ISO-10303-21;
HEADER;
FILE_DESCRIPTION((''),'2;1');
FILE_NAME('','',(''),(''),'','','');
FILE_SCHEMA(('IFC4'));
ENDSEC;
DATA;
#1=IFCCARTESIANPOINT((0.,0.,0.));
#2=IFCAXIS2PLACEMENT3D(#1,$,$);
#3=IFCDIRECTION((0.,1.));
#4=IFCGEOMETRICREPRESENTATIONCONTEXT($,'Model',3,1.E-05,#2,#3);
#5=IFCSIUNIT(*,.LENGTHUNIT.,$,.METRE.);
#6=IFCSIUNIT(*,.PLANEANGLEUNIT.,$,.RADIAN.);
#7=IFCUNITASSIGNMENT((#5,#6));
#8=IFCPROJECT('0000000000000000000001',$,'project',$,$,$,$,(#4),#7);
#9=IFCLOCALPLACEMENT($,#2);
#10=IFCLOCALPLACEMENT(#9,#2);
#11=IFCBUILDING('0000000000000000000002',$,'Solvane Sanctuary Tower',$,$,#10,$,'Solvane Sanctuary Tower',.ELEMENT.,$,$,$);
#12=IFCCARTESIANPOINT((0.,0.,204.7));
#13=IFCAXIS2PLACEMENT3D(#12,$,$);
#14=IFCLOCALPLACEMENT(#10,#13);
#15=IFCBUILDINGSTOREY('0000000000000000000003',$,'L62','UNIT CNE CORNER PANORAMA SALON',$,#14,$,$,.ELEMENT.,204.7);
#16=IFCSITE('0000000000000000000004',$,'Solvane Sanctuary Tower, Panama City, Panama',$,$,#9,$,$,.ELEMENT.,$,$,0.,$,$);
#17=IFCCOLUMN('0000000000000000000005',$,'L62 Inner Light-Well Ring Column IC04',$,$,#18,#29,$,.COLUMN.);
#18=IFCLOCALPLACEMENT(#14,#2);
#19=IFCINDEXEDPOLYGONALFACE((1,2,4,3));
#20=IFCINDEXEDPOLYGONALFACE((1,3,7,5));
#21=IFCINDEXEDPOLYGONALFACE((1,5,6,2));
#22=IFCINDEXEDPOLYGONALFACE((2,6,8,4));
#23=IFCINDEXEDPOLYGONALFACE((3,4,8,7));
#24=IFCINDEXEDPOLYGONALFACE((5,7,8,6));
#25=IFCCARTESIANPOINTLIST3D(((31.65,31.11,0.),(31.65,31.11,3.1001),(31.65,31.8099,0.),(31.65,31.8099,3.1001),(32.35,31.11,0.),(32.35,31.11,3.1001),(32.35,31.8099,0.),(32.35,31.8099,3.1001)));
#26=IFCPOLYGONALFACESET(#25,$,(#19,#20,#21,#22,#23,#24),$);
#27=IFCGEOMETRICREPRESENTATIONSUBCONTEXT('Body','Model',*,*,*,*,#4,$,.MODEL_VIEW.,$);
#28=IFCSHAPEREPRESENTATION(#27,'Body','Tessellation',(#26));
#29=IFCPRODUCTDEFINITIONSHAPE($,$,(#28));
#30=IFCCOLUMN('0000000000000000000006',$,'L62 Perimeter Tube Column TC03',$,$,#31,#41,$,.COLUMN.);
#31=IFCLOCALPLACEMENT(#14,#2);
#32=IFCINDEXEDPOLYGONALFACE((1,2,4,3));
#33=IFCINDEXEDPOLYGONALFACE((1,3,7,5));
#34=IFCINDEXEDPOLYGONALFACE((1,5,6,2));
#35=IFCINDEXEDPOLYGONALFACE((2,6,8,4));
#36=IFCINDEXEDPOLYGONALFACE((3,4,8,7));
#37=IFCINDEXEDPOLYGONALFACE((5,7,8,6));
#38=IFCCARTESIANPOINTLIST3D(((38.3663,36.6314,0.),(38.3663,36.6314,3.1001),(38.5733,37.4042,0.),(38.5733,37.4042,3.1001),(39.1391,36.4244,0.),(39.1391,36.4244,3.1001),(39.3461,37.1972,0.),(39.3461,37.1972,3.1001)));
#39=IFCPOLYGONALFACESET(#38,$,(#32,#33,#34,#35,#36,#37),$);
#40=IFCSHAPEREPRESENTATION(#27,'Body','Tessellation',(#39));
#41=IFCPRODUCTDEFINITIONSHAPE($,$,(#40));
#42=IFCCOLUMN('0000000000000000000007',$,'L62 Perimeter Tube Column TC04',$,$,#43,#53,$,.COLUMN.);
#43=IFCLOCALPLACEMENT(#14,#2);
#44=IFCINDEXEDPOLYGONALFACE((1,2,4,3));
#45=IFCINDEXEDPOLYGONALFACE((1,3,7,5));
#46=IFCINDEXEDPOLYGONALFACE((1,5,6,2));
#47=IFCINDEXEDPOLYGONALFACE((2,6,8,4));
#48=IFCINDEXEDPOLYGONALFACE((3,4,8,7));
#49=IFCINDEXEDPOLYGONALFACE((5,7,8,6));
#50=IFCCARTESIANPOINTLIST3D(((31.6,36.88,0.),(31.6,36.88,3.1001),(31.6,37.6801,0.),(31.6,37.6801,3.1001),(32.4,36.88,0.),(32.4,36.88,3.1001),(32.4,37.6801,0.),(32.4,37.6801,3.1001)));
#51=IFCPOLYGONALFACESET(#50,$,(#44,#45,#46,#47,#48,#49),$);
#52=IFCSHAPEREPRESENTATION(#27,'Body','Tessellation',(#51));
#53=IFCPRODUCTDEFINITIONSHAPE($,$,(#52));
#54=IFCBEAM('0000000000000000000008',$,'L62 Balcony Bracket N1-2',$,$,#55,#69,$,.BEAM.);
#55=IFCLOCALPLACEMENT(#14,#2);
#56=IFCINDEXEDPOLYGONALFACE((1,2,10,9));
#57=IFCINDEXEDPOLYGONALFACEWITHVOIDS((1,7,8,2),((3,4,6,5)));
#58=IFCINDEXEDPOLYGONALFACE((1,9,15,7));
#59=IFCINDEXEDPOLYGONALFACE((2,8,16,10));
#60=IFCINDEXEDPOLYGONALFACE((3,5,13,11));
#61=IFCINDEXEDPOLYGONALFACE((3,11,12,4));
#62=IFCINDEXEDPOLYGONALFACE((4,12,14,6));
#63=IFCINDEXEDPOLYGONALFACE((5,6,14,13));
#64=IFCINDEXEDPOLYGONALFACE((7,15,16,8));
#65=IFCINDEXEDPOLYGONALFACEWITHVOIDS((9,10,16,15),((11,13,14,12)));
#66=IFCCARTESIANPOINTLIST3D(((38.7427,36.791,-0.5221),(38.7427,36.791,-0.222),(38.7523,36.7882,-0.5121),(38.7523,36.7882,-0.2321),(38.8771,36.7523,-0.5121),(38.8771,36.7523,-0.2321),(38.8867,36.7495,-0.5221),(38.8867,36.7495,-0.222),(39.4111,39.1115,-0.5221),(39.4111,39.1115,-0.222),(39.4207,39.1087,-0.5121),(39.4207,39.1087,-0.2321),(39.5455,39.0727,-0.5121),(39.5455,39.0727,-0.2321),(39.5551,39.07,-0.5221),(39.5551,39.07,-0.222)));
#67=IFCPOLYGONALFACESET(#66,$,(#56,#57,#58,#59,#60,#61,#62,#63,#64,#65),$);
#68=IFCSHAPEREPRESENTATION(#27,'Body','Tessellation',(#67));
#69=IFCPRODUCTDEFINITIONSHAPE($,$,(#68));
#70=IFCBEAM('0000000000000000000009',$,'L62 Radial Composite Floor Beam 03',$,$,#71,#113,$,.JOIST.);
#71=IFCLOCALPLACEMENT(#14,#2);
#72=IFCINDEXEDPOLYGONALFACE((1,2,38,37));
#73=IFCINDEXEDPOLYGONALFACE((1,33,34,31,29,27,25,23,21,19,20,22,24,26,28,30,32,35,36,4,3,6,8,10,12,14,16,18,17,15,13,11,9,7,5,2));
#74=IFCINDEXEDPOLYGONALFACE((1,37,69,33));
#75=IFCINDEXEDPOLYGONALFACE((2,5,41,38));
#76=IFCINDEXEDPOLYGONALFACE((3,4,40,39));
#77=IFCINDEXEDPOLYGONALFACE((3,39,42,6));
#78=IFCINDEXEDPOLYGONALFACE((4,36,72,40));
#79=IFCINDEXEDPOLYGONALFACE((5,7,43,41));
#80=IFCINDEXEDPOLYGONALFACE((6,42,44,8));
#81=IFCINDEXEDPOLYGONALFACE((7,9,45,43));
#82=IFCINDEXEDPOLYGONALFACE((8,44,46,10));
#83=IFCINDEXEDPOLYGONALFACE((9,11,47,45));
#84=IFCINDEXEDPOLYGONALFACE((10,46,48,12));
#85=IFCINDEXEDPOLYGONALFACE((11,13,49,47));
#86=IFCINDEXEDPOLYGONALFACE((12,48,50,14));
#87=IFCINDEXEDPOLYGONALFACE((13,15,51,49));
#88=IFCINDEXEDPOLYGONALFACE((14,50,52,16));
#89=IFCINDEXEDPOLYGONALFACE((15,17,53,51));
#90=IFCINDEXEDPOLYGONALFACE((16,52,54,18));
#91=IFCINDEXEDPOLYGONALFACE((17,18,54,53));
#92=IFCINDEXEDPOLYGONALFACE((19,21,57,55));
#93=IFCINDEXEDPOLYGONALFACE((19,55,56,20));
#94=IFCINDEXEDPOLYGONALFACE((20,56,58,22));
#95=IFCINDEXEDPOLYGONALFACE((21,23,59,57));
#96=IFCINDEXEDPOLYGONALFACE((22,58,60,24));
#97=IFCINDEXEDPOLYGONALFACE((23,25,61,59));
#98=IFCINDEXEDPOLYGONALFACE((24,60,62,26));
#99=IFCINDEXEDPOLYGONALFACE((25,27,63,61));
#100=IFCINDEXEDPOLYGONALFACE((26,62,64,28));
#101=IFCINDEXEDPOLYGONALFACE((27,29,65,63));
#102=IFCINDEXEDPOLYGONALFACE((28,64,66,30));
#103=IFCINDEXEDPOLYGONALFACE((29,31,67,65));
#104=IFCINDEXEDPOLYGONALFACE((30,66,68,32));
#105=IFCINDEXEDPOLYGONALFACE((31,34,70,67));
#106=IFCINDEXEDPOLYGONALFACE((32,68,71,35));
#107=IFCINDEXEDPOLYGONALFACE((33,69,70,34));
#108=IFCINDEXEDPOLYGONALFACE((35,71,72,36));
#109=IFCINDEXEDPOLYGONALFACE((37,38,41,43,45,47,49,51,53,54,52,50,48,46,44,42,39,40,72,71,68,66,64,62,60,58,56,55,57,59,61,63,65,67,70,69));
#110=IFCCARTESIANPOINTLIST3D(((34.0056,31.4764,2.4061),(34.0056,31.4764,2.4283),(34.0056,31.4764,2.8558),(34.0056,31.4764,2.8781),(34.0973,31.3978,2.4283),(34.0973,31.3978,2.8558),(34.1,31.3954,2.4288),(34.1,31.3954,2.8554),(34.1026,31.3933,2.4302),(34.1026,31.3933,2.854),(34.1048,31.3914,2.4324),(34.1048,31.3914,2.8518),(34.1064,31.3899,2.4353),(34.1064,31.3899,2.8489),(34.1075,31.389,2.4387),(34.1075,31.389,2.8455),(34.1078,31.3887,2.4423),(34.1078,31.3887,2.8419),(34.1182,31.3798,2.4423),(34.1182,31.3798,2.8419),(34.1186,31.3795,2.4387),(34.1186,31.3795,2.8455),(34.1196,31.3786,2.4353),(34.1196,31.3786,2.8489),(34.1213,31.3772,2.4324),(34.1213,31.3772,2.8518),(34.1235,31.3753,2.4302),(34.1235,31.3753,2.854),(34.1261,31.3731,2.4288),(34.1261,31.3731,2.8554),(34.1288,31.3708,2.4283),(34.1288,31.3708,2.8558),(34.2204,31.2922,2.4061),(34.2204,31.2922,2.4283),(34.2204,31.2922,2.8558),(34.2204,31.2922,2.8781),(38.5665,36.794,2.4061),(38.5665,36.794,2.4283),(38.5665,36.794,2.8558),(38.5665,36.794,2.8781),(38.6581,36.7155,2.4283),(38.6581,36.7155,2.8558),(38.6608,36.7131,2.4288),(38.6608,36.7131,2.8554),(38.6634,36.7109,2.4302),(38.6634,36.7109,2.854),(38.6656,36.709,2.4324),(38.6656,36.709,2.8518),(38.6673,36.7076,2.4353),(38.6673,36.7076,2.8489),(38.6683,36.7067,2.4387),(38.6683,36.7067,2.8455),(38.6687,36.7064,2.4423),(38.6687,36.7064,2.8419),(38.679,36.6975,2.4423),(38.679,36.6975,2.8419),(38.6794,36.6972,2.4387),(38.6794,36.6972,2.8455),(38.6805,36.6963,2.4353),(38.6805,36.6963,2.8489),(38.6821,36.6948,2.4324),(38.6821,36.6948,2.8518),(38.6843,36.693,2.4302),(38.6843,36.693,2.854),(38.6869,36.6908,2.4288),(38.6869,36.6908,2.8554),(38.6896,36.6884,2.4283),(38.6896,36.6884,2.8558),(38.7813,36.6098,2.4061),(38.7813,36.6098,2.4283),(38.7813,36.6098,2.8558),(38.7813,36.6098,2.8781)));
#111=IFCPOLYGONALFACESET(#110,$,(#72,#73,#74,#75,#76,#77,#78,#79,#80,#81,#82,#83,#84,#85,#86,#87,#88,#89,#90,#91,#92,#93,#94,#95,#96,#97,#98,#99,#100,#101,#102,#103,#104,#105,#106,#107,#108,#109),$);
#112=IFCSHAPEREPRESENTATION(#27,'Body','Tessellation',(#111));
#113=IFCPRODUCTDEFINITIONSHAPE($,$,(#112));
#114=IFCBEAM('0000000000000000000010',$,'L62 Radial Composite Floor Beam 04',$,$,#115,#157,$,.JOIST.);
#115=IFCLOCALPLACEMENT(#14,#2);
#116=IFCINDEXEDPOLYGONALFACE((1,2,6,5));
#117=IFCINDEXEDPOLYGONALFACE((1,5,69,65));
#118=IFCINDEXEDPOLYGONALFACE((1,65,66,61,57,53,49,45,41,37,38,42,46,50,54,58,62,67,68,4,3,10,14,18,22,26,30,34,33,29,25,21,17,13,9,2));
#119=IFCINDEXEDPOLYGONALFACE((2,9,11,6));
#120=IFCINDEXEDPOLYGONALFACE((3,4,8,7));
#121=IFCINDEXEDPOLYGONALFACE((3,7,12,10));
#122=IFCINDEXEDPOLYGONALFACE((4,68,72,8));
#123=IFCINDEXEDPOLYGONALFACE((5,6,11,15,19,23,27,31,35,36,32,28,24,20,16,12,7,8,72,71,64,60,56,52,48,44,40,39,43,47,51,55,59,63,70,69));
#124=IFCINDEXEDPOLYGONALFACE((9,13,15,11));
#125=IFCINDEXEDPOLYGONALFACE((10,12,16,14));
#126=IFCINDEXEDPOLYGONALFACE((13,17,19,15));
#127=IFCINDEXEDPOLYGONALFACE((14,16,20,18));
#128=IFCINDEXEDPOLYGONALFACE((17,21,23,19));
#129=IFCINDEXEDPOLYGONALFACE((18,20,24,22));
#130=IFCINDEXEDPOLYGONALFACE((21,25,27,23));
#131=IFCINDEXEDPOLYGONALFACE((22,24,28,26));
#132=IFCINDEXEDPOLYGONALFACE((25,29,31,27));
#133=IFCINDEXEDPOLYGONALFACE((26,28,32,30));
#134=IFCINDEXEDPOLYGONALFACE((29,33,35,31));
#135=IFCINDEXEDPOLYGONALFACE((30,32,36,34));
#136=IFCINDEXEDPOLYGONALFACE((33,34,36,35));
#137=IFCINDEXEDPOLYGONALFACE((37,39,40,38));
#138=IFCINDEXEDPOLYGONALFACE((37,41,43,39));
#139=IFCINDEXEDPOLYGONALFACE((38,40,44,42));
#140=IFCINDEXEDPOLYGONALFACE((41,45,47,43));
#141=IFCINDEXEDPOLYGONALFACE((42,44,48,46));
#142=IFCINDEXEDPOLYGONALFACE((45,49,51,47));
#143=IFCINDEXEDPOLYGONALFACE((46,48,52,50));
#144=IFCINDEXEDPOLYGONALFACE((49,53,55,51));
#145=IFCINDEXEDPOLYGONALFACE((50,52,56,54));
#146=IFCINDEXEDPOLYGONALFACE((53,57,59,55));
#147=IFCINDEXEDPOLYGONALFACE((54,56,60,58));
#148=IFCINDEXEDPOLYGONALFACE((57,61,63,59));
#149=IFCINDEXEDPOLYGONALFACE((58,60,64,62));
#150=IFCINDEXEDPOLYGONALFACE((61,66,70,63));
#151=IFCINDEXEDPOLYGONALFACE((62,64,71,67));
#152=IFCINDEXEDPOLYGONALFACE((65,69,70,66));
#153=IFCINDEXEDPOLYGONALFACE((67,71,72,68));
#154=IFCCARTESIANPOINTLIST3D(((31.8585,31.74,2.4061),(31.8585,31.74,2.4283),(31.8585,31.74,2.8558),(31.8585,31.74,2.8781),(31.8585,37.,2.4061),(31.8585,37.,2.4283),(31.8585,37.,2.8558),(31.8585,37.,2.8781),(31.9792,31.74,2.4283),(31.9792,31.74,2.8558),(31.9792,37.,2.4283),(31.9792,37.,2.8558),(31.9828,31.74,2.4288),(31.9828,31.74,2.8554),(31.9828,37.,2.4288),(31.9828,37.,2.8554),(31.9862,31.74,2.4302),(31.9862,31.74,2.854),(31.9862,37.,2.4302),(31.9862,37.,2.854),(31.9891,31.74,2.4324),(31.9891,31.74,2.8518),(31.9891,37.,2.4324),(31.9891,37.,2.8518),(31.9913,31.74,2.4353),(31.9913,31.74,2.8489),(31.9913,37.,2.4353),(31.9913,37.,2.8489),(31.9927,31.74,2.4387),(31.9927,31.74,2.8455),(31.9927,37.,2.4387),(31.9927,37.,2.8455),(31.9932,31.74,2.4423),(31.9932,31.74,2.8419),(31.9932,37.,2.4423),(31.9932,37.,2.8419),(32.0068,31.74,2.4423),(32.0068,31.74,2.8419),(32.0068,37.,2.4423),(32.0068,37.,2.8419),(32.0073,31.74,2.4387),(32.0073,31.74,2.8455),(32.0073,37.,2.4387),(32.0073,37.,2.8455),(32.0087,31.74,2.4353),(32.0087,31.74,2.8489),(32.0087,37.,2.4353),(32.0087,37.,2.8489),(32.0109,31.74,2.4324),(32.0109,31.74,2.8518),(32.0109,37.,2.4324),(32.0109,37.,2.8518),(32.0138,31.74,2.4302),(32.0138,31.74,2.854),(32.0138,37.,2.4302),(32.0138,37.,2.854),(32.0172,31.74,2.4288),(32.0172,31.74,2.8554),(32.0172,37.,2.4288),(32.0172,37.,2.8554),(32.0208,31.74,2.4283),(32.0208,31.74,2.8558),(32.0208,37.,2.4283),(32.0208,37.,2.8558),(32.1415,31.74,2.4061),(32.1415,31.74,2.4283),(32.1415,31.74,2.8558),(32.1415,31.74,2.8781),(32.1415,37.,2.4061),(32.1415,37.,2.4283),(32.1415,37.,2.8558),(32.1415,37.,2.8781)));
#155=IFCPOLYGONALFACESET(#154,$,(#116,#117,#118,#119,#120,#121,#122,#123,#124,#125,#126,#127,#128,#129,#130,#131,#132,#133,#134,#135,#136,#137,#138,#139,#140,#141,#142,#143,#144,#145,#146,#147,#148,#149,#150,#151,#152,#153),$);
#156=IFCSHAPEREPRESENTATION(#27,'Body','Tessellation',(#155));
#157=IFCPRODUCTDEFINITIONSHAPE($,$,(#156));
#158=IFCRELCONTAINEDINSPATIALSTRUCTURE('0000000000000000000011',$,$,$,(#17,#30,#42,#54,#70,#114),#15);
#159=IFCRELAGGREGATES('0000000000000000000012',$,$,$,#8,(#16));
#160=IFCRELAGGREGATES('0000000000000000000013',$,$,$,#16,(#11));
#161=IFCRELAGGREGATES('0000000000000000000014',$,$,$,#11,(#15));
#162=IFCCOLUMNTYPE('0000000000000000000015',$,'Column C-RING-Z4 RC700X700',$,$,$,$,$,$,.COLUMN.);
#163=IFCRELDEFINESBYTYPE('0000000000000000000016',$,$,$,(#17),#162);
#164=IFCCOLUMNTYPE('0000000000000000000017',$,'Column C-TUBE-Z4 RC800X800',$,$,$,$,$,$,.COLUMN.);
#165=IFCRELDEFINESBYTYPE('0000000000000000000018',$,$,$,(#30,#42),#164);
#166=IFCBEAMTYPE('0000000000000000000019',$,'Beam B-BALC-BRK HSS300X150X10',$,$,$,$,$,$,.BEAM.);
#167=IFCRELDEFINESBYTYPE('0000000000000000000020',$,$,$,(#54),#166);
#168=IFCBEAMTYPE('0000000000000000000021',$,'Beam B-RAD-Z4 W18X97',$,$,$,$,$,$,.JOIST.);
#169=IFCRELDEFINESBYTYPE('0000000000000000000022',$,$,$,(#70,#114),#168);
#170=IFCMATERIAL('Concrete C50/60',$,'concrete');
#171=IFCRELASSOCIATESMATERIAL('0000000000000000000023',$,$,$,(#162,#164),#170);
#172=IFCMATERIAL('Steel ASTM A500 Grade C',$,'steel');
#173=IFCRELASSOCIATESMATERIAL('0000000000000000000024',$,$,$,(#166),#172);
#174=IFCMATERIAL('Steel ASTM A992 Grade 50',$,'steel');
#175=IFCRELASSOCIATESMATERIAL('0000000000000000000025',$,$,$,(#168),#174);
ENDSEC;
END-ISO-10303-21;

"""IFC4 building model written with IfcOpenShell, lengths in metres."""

from ifc_helpers import new_model, si_unit, direction, frame, origin, origin_2d, place, context, subcontext, project, spatial, rectangle, hollow_rectangle, i_section, extrude, material, material_profile, profile_set, type_object, element, save


model = new_model("IFC4")

# Units and contexts
model_context = context("Model", 3, precision=1e-05, world=origin(), true_north=direction((0.0, 1.0)))
body_context = subcontext(model_context, "Body", "Model", "MODEL_VIEW")
ifc_project = project(units=[si_unit("LENGTHUNIT", "METRE"), si_unit("PLANEANGLEUNIT", "RADIAN")], contexts=[model_context])

# Site, building, storey
site_placement = place(None, origin())
site = spatial("IfcSite", under=ifc_project, at=site_placement, Name="Solvane Sanctuary Tower, Panama City, Panama", CompositionType="ELEMENT", RefElevation=0.0)
building_placement = place(site_placement, origin())
building = spatial("IfcBuilding", under=site, at=building_placement, Name="Solvane Sanctuary Tower", LongName="Solvane Sanctuary Tower", CompositionType="ELEMENT")
storey_placement = place(building_placement, frame((0.0, 0.0, 204.7)))
storey = spatial("IfcBuildingStorey", under=building, at=storey_placement, Name="L62", Description="UNIT CNE CORNER PANORAMA SALON", CompositionType="ELEMENT", Elevation=204.7)

# Columns
ifc_material_1 = material(Name="Concrete C50/60", Category="concrete")
ifc_material_profile_1 = material_profile(ifc_material_1, rectangle(XDim=0.7, YDim=0.7, at=origin_2d()), Name="RC700X700")
ifc_profile_set_1 = profile_set([ifc_material_profile_1], Name="Concrete C50/60")
column_type_1 = type_object("IfcColumnType", Name="Column C-RING-Z4 RC700X700", PredefinedType="COLUMN", material=ifc_profile_set_1)
column_placement = place(storey_placement, frame((32.0, 31.46, 0.0), z_axis=(0.0, 0.0, 1.0), x_axis=(1.0, 0.0, 0.0)))
element("IfcColumn", 1, at=column_placement, inside=storey, type_object=column_type_1, Name="L62 Inner Light-Well Ring Column IC04", PredefinedType="COLUMN", context=body_context, shape_type="SweptSolid", body=[
    extrude(rectangle(XDim=0.7, YDim=0.7, at=origin_2d()), origin(), (0.0, 0.0, 1.0), 3.1001),
])
ifc_material_profile_2 = material_profile(ifc_material_1, rectangle(XDim=0.8, YDim=0.8, at=origin_2d()), Name="RC800X800")
ifc_profile_set_2 = profile_set([ifc_material_profile_2], Name="Concrete C50/60")
column_type_2 = type_object("IfcColumnType", Name="Column C-TUBE-Z4 RC800X800", PredefinedType="COLUMN", material=ifc_profile_set_2)
for number, where, z_axis, x_axis, name in (
    (2, (38.8562, 36.9143, 0.0), (0.0, 0.0, 1.0), (0.258819, 0.965926, 0.0), "L62 Perimeter Tube Column TC03"),
    (3, (32.0, 37.28, 0.0), (0.0, 0.0, 1.0), (0.0, 1.0, 0.0), "L62 Perimeter Tube Column TC04"),
):
    element("IfcColumn", number, at=place(storey_placement, frame(where, z_axis=z_axis, x_axis=x_axis)), inside=storey, type_object=column_type_2, Name=name, PredefinedType="COLUMN", context=body_context, shape_type="SweptSolid", body=[
        extrude(rectangle(XDim=0.8, YDim=0.8, at=origin_2d()), origin(), (0.0, 0.0, 1.0), 3.1001),
    ])

# Beams
ifc_material_2 = material(Name="Steel ASTM A500 Grade C", Category="steel")
ifc_material_profile_3 = material_profile(ifc_material_2, hollow_rectangle(XDim=0.1499, YDim=0.3, WallThickness=0.01, at=origin_2d()), Name="HSS300X150X10")
ifc_profile_set_3 = profile_set([ifc_material_profile_3], Name="Steel ASTM A500 Grade C")
beam_type_1 = type_object("IfcBeamType", Name="Beam B-BALC-BRK HSS300X150X10", PredefinedType="BEAM", material=ifc_profile_set_3)
beam_1_placement = place(storey_placement, frame((38.8147, 36.7703, -0.3721), z_axis=(0.276803, 0.960927, 0.0), x_axis=(-0.960927, 0.276803, 0.0)))
element("IfcBeam", 4, at=beam_1_placement, inside=storey, type_object=beam_type_1, Name="L62 Balcony Bracket N1-2", PredefinedType="BEAM", context=body_context, shape_type="SweptSolid", body=[
    extrude(hollow_rectangle(XDim=0.1499, YDim=0.3, WallThickness=0.01, at=origin_2d()), origin(), (0.0, 0.0, 1.0), 2.4148),
])
ifc_material_3 = material(Name="Steel ASTM A992 Grade 50", Category="steel")
ifc_material_profile_4 = material_profile(ifc_material_3, i_section(OverallWidth=0.283, OverallDepth=0.4719, WebThickness=0.0137, FlangeThickness=0.0222, FilletRadius=0.0139, at=origin_2d()), Name="W18X97")
ifc_profile_set_4 = profile_set([ifc_material_profile_4], Name="Steel ASTM A992 Grade 50")
beam_type_2 = type_object("IfcBeamType", Name="Beam B-RAD-Z4 W18X97", PredefinedType="JOIST", material=ifc_profile_set_4)
beam_2_placement = place(storey_placement, frame((34.113, 31.3843, 2.6421), z_axis=(0.651024, 0.759057, 0.0), x_axis=(-0.759057, 0.651024, 0.0)))
element("IfcBeam", 5, at=beam_2_placement, inside=storey, type_object=beam_type_2, Name="L62 Radial Composite Floor Beam 03", PredefinedType="JOIST", context=body_context, shape_type="SweptSolid", body=[
    extrude(i_section(OverallWidth=0.283, OverallDepth=0.4719, WebThickness=0.0137, FlangeThickness=0.0222, FilletRadius=0.0139, at=origin_2d()), origin(), (0.0, 0.0, 1.0), 7.0056),
])
beam_3_placement = place(storey_placement, frame((32.0, 31.74, 2.6421), z_axis=(0.0, 1.0, 0.0), x_axis=(-1.0, 0.0, 0.0)))
element("IfcBeam", 6, at=beam_3_placement, inside=storey, type_object=beam_type_2, Name="L62 Radial Composite Floor Beam 04", PredefinedType="JOIST", context=body_context, shape_type="SweptSolid", body=[
    extrude(i_section(OverallWidth=0.283, OverallDepth=0.4719, WebThickness=0.0137, FlangeThickness=0.0222, FilletRadius=0.0139, at=origin_2d()), origin(), (0.0, 0.0, 1.0), 5.26),
])

save(model, "model.ifc")
